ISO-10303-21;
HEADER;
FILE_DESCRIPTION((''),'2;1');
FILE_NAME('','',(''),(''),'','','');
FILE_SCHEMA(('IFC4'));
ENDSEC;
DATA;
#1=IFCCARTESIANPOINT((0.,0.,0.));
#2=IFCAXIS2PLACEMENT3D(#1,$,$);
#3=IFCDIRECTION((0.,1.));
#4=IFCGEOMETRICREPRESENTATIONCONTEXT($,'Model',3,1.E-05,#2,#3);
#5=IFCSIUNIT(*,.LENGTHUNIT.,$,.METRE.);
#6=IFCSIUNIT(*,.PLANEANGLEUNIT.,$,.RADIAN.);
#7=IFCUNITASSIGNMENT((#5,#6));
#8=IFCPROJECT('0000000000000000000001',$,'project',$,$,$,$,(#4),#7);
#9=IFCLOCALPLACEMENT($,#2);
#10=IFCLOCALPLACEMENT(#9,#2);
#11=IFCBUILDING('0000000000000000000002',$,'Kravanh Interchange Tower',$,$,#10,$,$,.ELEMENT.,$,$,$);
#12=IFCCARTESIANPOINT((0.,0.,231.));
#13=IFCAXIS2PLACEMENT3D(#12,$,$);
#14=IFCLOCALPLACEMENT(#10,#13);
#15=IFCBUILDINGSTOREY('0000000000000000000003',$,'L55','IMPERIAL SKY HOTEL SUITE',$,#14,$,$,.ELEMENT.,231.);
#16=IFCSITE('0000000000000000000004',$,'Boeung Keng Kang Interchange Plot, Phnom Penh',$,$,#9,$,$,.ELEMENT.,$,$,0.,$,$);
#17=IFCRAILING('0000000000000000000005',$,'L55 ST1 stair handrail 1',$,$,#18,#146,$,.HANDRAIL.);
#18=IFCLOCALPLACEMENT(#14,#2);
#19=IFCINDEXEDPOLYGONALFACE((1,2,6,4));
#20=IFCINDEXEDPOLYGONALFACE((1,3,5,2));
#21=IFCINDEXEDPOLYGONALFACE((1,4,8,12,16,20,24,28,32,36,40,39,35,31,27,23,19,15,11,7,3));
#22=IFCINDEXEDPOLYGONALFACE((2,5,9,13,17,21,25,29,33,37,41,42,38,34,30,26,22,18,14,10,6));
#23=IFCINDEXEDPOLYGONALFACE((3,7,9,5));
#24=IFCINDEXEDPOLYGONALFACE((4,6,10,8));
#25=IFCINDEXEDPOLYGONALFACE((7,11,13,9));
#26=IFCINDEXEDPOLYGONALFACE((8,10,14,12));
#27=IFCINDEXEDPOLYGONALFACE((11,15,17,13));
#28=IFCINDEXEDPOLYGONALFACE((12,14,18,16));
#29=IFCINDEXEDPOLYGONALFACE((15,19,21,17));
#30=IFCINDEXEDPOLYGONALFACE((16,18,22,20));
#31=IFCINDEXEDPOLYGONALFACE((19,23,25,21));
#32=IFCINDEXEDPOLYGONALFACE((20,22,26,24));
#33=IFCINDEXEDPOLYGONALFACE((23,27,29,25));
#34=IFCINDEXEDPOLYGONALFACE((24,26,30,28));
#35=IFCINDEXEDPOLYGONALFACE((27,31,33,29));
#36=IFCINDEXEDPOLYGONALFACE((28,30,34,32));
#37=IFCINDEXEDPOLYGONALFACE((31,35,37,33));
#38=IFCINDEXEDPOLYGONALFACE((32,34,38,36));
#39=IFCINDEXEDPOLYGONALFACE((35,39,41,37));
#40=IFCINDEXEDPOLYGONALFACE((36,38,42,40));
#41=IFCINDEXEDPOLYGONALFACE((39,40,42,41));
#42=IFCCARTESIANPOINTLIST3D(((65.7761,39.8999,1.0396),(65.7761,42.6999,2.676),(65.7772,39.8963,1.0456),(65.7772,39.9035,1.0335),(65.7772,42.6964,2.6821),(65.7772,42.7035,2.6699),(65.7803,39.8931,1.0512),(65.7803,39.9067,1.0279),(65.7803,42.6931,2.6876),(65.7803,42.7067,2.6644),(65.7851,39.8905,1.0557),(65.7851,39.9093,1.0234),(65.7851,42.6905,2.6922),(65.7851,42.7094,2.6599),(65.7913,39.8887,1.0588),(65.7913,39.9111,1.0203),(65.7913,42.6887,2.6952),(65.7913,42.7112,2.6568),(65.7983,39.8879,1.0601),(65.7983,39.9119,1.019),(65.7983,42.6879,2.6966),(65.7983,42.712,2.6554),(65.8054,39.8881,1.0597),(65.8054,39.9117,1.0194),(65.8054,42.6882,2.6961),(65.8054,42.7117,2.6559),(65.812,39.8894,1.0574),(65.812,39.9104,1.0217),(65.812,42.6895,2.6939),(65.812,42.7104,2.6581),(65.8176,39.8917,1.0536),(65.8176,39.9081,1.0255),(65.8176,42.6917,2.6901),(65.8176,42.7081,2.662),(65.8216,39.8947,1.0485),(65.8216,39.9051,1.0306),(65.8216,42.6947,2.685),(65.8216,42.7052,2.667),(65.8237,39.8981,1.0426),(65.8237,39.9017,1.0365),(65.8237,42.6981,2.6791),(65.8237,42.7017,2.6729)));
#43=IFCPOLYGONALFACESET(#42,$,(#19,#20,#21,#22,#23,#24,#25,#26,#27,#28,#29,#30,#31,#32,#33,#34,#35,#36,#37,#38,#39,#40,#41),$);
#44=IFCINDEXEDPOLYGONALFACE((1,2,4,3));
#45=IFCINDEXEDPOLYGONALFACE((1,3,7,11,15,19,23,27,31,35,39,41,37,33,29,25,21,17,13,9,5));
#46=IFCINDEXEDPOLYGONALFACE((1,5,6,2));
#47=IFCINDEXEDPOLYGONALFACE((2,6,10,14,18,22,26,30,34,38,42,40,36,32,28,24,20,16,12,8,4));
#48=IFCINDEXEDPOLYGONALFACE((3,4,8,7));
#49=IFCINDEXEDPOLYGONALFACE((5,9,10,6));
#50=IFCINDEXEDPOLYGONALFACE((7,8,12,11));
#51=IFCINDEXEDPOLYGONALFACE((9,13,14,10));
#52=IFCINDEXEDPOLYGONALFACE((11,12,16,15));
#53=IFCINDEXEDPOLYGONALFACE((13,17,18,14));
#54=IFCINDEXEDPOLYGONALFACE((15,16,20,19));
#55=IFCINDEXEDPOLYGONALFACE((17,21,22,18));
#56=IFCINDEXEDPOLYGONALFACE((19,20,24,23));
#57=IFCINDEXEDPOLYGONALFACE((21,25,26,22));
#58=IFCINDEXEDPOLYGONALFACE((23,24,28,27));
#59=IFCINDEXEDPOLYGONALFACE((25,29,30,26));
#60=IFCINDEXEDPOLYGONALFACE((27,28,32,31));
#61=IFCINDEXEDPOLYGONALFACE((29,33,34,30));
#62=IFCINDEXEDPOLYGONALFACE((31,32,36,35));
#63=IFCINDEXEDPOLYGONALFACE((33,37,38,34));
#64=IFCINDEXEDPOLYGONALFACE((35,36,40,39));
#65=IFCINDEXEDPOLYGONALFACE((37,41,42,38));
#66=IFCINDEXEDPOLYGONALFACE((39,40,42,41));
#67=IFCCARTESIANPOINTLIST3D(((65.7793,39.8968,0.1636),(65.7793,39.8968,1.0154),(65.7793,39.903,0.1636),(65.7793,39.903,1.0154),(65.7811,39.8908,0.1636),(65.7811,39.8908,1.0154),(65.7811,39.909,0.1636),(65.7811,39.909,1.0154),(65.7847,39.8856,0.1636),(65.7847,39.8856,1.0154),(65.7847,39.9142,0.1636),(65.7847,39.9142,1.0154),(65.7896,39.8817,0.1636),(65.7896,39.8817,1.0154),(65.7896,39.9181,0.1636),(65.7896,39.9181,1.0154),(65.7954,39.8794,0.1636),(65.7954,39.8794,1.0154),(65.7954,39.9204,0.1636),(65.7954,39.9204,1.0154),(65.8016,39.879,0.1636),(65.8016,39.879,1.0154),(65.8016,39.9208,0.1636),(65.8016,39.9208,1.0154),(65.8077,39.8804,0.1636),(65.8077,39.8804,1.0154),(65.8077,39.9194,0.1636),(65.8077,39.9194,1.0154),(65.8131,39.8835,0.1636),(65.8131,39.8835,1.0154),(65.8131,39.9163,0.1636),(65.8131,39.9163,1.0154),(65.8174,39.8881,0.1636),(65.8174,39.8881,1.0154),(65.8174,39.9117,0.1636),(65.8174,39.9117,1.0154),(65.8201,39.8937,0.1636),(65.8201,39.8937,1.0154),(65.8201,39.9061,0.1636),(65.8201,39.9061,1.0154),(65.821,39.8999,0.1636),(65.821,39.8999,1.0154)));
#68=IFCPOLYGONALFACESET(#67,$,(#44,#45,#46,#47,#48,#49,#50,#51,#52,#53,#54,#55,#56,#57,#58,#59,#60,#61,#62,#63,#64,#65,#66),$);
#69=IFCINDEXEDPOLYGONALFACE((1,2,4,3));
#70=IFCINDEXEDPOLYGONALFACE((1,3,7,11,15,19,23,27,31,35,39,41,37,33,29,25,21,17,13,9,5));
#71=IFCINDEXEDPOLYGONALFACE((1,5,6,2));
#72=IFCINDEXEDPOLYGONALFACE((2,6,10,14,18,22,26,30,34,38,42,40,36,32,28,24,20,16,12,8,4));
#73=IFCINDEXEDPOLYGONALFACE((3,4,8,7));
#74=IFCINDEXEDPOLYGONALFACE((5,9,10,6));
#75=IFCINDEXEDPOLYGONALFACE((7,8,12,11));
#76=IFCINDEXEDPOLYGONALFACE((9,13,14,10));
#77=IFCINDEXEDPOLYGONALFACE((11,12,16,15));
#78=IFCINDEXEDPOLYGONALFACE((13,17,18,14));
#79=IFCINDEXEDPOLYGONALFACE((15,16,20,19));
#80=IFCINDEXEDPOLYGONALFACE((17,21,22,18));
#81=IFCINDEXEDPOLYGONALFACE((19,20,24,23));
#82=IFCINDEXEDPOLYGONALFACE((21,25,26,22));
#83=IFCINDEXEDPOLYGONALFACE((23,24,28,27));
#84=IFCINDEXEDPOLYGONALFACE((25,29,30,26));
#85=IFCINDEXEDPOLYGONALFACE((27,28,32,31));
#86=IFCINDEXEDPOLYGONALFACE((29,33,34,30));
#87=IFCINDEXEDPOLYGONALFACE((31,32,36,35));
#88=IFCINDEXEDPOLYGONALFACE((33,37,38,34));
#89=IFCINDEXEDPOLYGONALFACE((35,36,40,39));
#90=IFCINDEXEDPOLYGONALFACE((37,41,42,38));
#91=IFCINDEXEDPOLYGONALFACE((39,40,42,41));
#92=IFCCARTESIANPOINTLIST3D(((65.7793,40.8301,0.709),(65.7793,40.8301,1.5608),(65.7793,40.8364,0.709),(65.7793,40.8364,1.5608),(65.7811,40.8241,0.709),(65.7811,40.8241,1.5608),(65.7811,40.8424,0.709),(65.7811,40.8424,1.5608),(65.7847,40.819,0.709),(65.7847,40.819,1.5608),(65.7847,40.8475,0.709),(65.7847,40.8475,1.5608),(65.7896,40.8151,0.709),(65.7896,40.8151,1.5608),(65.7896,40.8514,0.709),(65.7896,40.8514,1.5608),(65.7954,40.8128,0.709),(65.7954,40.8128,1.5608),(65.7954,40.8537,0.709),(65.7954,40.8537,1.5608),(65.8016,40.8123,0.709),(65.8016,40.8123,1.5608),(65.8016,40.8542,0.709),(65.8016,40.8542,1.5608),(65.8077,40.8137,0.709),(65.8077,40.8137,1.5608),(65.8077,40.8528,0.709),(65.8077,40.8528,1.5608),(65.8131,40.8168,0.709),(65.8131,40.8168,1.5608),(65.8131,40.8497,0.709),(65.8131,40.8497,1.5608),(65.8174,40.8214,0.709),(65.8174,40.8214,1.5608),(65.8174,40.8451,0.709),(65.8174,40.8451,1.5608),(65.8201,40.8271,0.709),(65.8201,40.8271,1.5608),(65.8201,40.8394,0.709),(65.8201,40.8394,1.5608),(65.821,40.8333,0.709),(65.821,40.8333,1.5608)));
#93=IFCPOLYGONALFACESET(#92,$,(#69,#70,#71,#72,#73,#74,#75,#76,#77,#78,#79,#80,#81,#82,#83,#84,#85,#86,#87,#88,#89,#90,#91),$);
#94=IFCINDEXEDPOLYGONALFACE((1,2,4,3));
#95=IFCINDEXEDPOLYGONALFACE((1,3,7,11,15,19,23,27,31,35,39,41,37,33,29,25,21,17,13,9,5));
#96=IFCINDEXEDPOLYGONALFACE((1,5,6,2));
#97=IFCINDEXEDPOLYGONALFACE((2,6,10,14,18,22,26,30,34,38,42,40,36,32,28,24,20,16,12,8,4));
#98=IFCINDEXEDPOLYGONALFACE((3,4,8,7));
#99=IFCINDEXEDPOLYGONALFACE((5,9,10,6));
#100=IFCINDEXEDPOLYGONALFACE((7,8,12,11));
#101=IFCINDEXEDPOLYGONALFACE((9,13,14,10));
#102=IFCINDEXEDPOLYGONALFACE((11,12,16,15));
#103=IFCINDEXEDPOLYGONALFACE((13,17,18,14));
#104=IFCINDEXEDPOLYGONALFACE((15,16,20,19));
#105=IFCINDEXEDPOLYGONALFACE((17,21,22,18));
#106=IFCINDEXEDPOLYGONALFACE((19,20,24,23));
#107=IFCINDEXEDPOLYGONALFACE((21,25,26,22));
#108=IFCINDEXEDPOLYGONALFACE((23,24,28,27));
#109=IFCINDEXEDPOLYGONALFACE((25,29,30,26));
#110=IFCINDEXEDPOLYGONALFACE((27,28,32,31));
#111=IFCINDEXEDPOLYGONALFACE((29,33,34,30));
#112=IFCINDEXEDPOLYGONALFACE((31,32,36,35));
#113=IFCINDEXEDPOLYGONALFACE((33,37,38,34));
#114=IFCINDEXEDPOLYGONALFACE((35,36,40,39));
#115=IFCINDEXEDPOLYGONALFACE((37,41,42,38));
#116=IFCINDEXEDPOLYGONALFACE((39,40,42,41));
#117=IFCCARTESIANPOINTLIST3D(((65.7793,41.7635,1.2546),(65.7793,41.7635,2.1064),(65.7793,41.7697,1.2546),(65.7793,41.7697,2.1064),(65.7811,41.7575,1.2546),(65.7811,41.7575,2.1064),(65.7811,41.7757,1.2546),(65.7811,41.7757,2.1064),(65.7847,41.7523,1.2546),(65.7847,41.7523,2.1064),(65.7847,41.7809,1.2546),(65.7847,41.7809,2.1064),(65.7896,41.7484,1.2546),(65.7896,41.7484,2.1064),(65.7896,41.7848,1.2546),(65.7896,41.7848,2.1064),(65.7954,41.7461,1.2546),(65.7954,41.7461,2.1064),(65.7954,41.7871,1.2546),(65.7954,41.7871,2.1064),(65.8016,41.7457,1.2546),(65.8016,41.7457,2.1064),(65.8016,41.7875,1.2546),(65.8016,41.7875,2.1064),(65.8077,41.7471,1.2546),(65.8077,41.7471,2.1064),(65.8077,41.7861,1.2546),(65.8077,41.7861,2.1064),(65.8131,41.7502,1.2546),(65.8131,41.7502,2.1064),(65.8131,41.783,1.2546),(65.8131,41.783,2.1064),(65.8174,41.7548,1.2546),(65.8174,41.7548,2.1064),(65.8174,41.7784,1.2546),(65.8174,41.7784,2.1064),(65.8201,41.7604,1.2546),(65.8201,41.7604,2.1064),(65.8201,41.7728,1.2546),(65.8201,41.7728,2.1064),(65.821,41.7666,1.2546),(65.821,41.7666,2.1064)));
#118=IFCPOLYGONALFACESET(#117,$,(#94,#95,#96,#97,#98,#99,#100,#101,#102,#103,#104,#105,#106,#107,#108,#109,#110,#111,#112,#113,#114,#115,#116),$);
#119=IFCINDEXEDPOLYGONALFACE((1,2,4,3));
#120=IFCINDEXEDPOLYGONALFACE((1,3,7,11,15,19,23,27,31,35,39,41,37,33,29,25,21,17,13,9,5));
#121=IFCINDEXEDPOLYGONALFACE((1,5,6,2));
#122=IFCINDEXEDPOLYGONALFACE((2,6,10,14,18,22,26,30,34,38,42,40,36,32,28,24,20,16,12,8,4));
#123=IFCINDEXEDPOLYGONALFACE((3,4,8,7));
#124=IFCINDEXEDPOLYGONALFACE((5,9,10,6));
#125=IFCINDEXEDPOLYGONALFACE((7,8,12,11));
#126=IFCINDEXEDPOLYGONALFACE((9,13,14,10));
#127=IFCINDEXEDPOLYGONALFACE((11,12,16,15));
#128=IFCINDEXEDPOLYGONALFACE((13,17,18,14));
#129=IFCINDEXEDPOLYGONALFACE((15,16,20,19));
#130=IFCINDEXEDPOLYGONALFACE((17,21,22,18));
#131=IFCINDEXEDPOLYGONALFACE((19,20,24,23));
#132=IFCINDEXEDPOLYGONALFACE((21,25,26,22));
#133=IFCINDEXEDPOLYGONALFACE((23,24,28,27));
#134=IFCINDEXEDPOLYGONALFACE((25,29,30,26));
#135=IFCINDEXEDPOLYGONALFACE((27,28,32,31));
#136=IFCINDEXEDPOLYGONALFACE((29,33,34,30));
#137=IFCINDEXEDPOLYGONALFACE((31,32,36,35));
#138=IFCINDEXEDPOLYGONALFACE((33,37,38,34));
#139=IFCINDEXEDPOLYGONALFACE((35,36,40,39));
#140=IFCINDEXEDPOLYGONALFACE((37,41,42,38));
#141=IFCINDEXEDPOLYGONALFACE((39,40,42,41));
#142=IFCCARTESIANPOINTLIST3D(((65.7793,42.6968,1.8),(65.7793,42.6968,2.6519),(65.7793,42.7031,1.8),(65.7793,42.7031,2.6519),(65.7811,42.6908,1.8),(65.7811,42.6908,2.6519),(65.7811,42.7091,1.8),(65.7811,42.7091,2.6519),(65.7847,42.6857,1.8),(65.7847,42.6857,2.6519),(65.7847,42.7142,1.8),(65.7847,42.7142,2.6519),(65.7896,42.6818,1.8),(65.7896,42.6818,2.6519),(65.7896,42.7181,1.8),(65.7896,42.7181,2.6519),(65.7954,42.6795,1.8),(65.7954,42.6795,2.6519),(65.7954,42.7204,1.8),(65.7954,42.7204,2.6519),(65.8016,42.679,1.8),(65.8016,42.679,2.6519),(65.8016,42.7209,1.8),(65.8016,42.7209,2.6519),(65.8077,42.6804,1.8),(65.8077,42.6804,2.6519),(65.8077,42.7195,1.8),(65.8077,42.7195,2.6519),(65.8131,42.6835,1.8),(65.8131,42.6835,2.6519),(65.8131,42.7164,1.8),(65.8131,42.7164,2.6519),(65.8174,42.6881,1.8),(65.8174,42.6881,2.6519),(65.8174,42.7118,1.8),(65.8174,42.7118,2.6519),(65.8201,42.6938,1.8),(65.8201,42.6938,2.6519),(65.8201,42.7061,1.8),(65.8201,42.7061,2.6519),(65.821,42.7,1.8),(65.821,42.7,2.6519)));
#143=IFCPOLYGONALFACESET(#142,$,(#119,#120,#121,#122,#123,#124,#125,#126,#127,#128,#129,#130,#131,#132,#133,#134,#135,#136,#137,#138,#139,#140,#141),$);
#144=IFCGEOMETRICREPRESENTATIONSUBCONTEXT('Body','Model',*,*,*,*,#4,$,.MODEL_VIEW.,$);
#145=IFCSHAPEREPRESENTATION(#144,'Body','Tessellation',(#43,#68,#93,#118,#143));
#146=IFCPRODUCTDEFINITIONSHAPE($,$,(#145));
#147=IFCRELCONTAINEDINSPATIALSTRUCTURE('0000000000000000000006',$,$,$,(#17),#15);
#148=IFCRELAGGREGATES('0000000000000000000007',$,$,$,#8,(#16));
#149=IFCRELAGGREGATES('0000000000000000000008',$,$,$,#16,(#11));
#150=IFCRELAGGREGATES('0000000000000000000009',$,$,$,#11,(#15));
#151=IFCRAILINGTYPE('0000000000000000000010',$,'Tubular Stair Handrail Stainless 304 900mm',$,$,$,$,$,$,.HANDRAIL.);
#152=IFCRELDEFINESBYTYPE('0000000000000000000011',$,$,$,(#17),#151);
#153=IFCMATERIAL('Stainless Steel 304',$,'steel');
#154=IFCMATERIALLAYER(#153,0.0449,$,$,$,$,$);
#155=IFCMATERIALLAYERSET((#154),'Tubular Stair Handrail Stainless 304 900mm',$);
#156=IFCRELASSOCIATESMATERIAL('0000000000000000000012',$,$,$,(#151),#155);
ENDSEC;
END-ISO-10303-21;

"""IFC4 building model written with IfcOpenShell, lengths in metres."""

from ifc_helpers import new_model, si_unit, direction, frame, origin, origin_2d, place, context, subcontext, project, spatial, circle, extrude, material, layer, layer_set, type_object, element, save


model = new_model("IFC4")

# Units and contexts
model_context = context("Model", 3, precision=1e-05, world=origin(), true_north=direction((0.0, 1.0)))
body_context = subcontext(model_context, "Body", "Model", "MODEL_VIEW")
ifc_project = project(units=[si_unit("LENGTHUNIT", "METRE"), si_unit("PLANEANGLEUNIT", "RADIAN")], contexts=[model_context])

# Site, building, storey
site_placement = place(None, origin())
site = spatial("IfcSite", under=ifc_project, at=site_placement, Name="Boeung Keng Kang Interchange Plot, Phnom Penh", CompositionType="ELEMENT", RefElevation=0.0)
building_placement = place(site_placement, origin())
building = spatial("IfcBuilding", under=site, at=building_placement, Name="Kravanh Interchange Tower", CompositionType="ELEMENT")
storey_placement = place(building_placement, frame((0.0, 0.0, 231.0)))
storey = spatial("IfcBuildingStorey", under=building, at=storey_placement, Name="L55", Description="IMPERIAL SKY HOTEL SUITE", CompositionType="ELEMENT", Elevation=231.0)

# Railing
ifc_material_1 = material(Name="Stainless Steel 304", Category="steel")
ifc_layer_1 = layer(ifc_material_1, 0.0449)
ifc_layer_set_1 = layer_set([ifc_layer_1], Name="Tubular Stair Handrail Stainless 304 900mm")
railing_type_1 = type_object("IfcRailingType", Name="Tubular Stair Handrail Stainless 304 900mm", PredefinedType="HANDRAIL", material=ifc_layer_set_1)
railing_1_placement = place(storey_placement, frame((65.8, 39.8999, 0.1636)))
element("IfcRailing", 1, at=railing_1_placement, inside=storey, type_object=railing_type_1, Name="L55 ST1 stair handrail 1", PredefinedType="HANDRAIL", context=body_context, shape_type="SweptSolid", body=[
    extrude(circle(Radius=0.0239, at=origin_2d()), frame((0.0, 0.0, 0.876), z_axis=(0.0, 0.863361, 0.504587), x_axis=(-1.0, 0.0, 0.0)), (0.0, 0.0, 1.0), 3.2432),
    extrude(circle(Radius=0.021, at=origin_2d()), origin(), (0.0, 0.0, 1.0), 0.8518),
    extrude(circle(Radius=0.021, at=origin_2d()), frame((0.0, 0.9333, 0.5454)), (0.0, 0.0, 1.0), 0.8518),
    extrude(circle(Radius=0.021, at=origin_2d()), frame((0.0, 1.8667, 1.0911)), (0.0, 0.0, 1.0), 0.8518),
    extrude(circle(Radius=0.021, at=origin_2d()), frame((0.0, 2.8, 1.6365)), (0.0, 0.0, 1.0), 0.8518),
])

save(model, "model.ifc")
